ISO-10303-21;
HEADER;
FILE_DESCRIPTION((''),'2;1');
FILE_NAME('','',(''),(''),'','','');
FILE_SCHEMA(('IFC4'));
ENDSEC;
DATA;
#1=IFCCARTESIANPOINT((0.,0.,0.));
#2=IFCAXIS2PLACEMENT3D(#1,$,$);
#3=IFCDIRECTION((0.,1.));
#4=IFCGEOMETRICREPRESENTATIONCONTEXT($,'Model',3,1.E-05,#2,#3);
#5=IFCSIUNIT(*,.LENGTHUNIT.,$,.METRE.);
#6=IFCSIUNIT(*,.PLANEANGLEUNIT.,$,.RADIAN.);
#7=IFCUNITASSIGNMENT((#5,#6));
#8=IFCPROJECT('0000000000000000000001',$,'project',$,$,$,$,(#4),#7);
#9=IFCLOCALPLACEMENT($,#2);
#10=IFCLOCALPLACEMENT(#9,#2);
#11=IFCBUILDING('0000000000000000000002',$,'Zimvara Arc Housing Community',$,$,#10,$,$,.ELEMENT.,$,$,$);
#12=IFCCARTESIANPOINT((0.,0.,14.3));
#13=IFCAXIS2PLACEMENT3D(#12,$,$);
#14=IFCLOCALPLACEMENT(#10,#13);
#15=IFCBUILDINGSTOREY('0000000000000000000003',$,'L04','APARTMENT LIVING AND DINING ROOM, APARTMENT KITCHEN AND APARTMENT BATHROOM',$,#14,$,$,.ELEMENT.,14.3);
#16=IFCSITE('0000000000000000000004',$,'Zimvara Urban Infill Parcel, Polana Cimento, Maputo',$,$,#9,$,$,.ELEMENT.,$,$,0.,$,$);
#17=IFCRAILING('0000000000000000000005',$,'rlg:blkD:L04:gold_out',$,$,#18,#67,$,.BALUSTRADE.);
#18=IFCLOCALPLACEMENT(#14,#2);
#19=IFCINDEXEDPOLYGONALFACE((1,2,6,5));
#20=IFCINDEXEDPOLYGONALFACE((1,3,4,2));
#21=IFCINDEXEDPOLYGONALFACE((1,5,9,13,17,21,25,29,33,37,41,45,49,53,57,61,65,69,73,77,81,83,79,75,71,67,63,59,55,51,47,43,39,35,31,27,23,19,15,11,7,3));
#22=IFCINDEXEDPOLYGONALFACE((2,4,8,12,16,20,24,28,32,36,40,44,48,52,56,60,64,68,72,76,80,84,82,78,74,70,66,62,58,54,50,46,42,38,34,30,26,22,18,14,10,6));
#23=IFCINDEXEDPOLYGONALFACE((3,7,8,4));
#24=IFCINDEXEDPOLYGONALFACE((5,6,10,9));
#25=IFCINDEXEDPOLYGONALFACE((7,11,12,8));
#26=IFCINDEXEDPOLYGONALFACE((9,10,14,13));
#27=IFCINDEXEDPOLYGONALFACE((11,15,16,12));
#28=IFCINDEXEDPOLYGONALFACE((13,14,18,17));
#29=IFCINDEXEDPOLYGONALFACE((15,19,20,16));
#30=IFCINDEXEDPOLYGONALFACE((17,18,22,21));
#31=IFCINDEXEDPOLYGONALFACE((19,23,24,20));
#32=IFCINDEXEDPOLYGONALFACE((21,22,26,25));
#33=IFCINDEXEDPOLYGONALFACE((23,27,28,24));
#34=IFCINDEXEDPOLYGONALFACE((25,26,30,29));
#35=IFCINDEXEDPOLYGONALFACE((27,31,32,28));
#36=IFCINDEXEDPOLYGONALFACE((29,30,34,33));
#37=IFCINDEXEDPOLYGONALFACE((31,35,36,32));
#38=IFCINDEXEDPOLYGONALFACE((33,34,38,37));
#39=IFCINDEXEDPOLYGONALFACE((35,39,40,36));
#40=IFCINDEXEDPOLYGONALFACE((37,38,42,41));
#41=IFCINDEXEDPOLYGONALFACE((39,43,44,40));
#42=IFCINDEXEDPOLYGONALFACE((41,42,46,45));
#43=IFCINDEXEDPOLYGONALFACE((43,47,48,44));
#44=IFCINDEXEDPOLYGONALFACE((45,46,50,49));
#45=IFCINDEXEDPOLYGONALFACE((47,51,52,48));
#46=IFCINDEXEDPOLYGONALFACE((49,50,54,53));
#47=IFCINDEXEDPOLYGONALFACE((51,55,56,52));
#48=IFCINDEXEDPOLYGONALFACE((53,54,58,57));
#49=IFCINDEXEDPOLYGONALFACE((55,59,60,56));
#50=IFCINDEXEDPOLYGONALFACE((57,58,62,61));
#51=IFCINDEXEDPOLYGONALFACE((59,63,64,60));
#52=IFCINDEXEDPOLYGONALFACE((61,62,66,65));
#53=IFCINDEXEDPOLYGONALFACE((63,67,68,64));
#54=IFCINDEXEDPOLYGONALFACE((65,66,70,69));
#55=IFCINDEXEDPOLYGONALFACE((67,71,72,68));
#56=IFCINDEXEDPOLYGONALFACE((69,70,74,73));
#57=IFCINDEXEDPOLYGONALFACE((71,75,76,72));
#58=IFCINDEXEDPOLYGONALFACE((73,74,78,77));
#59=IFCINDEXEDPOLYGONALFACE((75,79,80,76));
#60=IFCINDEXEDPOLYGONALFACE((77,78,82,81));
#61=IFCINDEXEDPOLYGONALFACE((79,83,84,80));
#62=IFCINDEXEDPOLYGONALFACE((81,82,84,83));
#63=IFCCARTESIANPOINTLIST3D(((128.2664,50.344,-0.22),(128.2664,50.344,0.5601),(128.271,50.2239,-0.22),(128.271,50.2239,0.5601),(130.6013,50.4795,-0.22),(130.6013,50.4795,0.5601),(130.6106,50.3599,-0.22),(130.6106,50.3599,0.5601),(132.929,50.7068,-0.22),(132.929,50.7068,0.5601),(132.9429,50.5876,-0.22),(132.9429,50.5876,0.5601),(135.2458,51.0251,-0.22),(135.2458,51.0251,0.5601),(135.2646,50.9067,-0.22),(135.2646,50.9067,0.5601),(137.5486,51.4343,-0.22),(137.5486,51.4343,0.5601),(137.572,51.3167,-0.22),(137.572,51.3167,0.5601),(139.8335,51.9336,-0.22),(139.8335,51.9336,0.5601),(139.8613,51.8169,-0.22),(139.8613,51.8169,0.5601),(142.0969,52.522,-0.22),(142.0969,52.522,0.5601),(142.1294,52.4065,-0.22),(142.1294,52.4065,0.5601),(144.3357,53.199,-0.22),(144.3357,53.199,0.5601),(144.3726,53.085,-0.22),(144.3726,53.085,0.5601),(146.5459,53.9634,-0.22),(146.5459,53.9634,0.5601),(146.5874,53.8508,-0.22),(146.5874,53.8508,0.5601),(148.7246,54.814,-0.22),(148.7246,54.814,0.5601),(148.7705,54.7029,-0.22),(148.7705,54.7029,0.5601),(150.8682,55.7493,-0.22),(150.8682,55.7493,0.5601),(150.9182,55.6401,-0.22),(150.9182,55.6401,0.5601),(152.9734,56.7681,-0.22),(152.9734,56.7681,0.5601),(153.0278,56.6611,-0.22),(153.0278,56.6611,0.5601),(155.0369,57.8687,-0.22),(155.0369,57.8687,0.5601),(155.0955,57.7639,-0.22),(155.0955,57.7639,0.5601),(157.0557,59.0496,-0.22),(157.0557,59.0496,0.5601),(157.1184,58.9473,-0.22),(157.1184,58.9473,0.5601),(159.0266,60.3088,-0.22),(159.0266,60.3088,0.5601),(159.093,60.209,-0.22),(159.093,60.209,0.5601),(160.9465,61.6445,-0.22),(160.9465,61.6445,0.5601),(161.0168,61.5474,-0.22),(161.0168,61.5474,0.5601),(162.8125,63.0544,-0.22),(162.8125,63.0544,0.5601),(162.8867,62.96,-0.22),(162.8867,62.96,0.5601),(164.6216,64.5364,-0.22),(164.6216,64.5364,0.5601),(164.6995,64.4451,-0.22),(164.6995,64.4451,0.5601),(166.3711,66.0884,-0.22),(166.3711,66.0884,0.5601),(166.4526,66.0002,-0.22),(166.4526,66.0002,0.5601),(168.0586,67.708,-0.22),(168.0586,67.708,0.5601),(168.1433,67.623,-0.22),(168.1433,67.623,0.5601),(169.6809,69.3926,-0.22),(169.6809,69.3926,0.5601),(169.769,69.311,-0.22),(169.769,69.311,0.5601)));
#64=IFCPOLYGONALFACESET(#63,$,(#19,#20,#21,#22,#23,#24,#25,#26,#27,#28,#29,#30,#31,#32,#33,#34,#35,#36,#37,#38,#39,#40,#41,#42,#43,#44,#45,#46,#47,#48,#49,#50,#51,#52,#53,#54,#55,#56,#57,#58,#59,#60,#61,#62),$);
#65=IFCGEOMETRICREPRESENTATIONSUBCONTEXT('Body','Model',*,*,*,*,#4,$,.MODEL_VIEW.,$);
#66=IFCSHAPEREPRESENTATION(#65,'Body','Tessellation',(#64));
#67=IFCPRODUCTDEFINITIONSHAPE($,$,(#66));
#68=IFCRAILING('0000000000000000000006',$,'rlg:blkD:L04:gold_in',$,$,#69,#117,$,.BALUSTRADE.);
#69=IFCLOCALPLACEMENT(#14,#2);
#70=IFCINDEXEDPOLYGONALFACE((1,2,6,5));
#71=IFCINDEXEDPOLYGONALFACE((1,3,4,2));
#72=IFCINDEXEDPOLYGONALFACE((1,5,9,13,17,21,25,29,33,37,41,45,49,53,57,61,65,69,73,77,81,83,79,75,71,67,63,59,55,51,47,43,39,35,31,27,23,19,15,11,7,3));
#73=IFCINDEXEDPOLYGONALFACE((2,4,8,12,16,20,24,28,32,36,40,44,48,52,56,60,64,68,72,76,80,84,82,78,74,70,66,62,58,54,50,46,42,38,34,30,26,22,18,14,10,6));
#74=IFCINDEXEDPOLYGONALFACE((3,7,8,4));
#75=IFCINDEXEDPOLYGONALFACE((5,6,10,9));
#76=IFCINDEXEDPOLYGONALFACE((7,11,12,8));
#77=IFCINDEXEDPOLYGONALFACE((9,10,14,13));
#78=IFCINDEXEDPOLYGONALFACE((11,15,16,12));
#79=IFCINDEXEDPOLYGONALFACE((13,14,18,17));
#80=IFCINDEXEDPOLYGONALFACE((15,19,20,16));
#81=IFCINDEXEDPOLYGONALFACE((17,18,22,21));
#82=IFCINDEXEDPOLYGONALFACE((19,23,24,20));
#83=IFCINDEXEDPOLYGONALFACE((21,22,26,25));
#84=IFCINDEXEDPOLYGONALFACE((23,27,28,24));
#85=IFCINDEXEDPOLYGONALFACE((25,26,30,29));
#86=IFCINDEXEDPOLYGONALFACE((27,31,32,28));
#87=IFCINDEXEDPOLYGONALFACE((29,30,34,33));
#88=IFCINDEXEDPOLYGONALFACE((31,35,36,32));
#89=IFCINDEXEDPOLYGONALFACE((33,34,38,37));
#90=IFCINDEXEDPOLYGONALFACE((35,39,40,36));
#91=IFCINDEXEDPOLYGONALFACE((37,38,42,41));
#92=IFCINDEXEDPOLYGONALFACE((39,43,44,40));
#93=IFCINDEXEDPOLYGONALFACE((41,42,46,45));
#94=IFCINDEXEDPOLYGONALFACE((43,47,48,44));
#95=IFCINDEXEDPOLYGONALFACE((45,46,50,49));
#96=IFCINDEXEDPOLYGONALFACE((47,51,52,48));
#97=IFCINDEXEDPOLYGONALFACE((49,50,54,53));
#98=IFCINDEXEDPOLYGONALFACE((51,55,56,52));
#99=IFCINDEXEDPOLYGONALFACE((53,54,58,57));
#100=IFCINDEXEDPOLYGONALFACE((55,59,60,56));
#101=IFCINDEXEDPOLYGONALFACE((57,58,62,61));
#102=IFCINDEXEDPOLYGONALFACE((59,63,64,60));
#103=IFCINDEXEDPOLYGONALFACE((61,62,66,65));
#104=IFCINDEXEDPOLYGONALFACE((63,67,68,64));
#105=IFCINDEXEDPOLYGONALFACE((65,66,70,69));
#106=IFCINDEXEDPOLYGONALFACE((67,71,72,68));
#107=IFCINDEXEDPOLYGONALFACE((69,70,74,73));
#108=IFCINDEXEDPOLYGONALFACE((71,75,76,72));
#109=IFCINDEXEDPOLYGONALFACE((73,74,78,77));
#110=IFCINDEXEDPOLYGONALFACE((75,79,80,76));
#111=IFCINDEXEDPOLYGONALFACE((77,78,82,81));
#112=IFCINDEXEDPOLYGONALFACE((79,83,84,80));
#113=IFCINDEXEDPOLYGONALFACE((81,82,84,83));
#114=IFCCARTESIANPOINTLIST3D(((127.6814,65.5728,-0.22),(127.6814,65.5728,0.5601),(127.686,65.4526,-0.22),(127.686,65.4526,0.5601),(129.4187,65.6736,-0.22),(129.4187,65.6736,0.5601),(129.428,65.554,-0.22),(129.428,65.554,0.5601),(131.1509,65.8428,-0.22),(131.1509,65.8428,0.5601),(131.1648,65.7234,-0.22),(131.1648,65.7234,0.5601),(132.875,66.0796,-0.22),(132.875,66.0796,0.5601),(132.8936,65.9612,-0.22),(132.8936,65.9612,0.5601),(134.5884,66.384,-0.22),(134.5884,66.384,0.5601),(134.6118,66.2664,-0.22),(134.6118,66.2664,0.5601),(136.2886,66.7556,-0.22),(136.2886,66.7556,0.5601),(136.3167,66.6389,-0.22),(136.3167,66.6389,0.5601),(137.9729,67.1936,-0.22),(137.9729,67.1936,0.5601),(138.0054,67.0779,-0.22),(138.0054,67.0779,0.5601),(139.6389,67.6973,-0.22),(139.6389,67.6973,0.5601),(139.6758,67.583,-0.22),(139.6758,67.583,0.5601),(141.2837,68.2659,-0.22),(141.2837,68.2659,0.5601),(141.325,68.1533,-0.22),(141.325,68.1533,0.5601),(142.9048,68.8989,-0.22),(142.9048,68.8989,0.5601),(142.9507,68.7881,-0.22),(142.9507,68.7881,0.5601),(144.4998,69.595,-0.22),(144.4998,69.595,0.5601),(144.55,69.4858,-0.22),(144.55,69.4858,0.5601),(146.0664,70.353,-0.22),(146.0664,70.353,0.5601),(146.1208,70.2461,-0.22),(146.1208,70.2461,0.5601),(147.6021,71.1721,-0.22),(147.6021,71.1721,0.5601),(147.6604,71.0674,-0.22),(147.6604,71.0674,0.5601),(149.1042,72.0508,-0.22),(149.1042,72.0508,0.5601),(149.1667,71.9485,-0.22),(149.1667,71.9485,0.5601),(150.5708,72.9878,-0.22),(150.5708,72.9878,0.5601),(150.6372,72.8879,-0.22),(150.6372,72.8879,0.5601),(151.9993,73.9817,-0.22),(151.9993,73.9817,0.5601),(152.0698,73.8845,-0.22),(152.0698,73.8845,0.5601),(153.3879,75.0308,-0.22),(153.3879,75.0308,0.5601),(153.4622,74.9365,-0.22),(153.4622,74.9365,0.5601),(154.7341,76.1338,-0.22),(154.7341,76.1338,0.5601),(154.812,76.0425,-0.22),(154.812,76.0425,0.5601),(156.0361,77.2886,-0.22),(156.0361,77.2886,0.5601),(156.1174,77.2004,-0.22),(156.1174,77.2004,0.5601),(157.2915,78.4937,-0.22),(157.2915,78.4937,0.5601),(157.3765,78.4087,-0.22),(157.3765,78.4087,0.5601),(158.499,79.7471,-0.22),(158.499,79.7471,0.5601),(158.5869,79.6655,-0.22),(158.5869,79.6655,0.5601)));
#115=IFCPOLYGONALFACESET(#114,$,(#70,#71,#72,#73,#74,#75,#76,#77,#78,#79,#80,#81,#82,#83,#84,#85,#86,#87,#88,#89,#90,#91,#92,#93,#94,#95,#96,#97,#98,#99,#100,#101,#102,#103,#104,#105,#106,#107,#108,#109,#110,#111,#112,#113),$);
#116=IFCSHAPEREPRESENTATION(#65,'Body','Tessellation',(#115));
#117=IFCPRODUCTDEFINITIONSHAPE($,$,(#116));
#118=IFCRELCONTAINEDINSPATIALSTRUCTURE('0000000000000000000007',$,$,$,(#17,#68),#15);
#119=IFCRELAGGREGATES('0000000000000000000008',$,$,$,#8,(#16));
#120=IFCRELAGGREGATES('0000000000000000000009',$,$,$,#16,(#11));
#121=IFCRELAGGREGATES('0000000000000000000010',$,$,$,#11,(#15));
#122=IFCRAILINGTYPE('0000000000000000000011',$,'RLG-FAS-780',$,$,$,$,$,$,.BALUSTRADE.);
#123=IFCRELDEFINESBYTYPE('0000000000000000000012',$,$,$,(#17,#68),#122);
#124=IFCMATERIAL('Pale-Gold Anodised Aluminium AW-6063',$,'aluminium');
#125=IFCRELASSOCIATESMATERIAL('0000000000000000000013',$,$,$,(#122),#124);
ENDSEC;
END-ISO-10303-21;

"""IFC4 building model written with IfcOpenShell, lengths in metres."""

from ifc_helpers import new_model, si_unit, direction, frame, origin, place, context, subcontext, project, spatial, polyline, outline, extrude, material, type_object, element, save


model = new_model("IFC4")

# Units and contexts
model_context = context("Model", 3, precision=1e-05, world=origin(), true_north=direction((0.0, 1.0)))
body_context = subcontext(model_context, "Body", "Model", "MODEL_VIEW")
ifc_project = project(units=[si_unit("LENGTHUNIT", "METRE"), si_unit("PLANEANGLEUNIT", "RADIAN")], contexts=[model_context])

# Site, building, storey
site_placement = place(None, origin())
site = spatial("IfcSite", under=ifc_project, at=site_placement, Name="Zimvara Urban Infill Parcel, Polana Cimento, Maputo", CompositionType="ELEMENT", RefElevation=0.0)
building_placement = place(site_placement, origin())
building = spatial("IfcBuilding", under=site, at=building_placement, Name="Zimvara Arc Housing Community", CompositionType="ELEMENT")
storey_placement = place(building_placement, frame((0.0, 0.0, 14.3)))
storey = spatial("IfcBuildingStorey", under=building, at=storey_placement, Name="L04", Description="APARTMENT LIVING AND DINING ROOM, APARTMENT KITCHEN AND APARTMENT BATHROOM", CompositionType="ELEMENT", Elevation=14.3)

# Railings
ifc_material_1 = material(Name="Pale-Gold Anodised Aluminium AW-6063", Category="aluminium")
railing_type_1 = type_object("IfcRailingType", Name="RLG-FAS-780", PredefinedType="BALUSTRADE", material=ifc_material_1)
railing_1_placement = place(storey_placement, frame((0.0, 0.0, -0.22)))
element("IfcRailing", 1, at=railing_1_placement, inside=storey, type_object=railing_type_1, Name="rlg:blkD:L04:gold_out", PredefinedType="BALUSTRADE", context=body_context, shape_type="SweptSolid", body=[
    extrude(outline(polyline([(128.271, 50.2239), (130.6106, 50.3599), (132.9429, 50.5876), (135.2646, 50.9067), (137.572, 51.3167), (139.8613, 51.8169), (142.1294, 52.4065), (144.3726, 53.085), (146.5874, 53.8508), (148.7705, 54.7029), (150.9182, 55.6401), (153.0278, 56.6611), (155.0955, 57.7639), (157.1184, 58.9473), (159.093, 60.209), (161.0168, 61.5474), (162.8867, 62.96), (164.6995, 64.4451), (166.4526, 66.0002), (168.1433, 67.623), (169.769, 69.311), (169.6809, 69.3926), (168.0586, 67.708), (166.3711, 66.0884), (164.6216, 64.5364), (162.8125, 63.0544), (160.9465, 61.6445), (159.0266, 60.3088), (157.0557, 59.0496), (155.0369, 57.8687), (152.9734, 56.7681), (150.8682, 55.7493), (148.7246, 54.814), (146.5459, 53.9634), (144.3357, 53.199), (142.0969, 52.522), (139.8335, 51.9336), (137.5486, 51.4343), (135.2458, 51.0251), (132.929, 50.7068), (130.6013, 50.4795), (128.2664, 50.344), (128.271, 50.2239)])), origin(), (0.0, 0.0, 1.0), 0.78),
])
railing_2_placement = place(storey_placement, frame((0.0, 0.0, -0.22)))
element("IfcRailing", 2, at=railing_2_placement, inside=storey, type_object=railing_type_1, Name="rlg:blkD:L04:gold_in", PredefinedType="BALUSTRADE", context=body_context, shape_type="SweptSolid", body=[
    extrude(outline(polyline([(127.686, 65.4526), (129.428, 65.554), (131.1648, 65.7234), (132.8936, 65.9612), (134.6118, 66.2664), (136.3167, 66.6389), (138.0054, 67.0779), (139.6758, 67.583), (141.325, 68.1533), (142.9507, 68.7881), (144.55, 69.4858), (146.1208, 70.2461), (147.6604, 71.0674), (149.1667, 71.9485), (150.6372, 72.8879), (152.0698, 73.8845), (153.4622, 74.9365), (154.812, 76.0425), (156.1174, 77.2004), (157.3765, 78.4087), (158.5869, 79.6655), (158.499, 79.7471), (157.2915, 78.4937), (156.0361, 77.2886), (154.7341, 76.1338), (153.3879, 75.0308), (151.9993, 73.9817), (150.5708, 72.9878), (149.1042, 72.0508), (147.6021, 71.1721), (146.0664, 70.353), (144.4998, 69.595), (142.9048, 68.8989), (141.2837, 68.2659), (139.6389, 67.6973), (137.9729, 67.1936), (136.2886, 66.7556), (134.5884, 66.384), (132.875, 66.0796), (131.1509, 65.8428), (129.4187, 65.6736), (127.6814, 65.5728), (127.686, 65.4526)])), origin(), (0.0, 0.0, 1.0), 0.78),
])

save(model, "model.ifc")
